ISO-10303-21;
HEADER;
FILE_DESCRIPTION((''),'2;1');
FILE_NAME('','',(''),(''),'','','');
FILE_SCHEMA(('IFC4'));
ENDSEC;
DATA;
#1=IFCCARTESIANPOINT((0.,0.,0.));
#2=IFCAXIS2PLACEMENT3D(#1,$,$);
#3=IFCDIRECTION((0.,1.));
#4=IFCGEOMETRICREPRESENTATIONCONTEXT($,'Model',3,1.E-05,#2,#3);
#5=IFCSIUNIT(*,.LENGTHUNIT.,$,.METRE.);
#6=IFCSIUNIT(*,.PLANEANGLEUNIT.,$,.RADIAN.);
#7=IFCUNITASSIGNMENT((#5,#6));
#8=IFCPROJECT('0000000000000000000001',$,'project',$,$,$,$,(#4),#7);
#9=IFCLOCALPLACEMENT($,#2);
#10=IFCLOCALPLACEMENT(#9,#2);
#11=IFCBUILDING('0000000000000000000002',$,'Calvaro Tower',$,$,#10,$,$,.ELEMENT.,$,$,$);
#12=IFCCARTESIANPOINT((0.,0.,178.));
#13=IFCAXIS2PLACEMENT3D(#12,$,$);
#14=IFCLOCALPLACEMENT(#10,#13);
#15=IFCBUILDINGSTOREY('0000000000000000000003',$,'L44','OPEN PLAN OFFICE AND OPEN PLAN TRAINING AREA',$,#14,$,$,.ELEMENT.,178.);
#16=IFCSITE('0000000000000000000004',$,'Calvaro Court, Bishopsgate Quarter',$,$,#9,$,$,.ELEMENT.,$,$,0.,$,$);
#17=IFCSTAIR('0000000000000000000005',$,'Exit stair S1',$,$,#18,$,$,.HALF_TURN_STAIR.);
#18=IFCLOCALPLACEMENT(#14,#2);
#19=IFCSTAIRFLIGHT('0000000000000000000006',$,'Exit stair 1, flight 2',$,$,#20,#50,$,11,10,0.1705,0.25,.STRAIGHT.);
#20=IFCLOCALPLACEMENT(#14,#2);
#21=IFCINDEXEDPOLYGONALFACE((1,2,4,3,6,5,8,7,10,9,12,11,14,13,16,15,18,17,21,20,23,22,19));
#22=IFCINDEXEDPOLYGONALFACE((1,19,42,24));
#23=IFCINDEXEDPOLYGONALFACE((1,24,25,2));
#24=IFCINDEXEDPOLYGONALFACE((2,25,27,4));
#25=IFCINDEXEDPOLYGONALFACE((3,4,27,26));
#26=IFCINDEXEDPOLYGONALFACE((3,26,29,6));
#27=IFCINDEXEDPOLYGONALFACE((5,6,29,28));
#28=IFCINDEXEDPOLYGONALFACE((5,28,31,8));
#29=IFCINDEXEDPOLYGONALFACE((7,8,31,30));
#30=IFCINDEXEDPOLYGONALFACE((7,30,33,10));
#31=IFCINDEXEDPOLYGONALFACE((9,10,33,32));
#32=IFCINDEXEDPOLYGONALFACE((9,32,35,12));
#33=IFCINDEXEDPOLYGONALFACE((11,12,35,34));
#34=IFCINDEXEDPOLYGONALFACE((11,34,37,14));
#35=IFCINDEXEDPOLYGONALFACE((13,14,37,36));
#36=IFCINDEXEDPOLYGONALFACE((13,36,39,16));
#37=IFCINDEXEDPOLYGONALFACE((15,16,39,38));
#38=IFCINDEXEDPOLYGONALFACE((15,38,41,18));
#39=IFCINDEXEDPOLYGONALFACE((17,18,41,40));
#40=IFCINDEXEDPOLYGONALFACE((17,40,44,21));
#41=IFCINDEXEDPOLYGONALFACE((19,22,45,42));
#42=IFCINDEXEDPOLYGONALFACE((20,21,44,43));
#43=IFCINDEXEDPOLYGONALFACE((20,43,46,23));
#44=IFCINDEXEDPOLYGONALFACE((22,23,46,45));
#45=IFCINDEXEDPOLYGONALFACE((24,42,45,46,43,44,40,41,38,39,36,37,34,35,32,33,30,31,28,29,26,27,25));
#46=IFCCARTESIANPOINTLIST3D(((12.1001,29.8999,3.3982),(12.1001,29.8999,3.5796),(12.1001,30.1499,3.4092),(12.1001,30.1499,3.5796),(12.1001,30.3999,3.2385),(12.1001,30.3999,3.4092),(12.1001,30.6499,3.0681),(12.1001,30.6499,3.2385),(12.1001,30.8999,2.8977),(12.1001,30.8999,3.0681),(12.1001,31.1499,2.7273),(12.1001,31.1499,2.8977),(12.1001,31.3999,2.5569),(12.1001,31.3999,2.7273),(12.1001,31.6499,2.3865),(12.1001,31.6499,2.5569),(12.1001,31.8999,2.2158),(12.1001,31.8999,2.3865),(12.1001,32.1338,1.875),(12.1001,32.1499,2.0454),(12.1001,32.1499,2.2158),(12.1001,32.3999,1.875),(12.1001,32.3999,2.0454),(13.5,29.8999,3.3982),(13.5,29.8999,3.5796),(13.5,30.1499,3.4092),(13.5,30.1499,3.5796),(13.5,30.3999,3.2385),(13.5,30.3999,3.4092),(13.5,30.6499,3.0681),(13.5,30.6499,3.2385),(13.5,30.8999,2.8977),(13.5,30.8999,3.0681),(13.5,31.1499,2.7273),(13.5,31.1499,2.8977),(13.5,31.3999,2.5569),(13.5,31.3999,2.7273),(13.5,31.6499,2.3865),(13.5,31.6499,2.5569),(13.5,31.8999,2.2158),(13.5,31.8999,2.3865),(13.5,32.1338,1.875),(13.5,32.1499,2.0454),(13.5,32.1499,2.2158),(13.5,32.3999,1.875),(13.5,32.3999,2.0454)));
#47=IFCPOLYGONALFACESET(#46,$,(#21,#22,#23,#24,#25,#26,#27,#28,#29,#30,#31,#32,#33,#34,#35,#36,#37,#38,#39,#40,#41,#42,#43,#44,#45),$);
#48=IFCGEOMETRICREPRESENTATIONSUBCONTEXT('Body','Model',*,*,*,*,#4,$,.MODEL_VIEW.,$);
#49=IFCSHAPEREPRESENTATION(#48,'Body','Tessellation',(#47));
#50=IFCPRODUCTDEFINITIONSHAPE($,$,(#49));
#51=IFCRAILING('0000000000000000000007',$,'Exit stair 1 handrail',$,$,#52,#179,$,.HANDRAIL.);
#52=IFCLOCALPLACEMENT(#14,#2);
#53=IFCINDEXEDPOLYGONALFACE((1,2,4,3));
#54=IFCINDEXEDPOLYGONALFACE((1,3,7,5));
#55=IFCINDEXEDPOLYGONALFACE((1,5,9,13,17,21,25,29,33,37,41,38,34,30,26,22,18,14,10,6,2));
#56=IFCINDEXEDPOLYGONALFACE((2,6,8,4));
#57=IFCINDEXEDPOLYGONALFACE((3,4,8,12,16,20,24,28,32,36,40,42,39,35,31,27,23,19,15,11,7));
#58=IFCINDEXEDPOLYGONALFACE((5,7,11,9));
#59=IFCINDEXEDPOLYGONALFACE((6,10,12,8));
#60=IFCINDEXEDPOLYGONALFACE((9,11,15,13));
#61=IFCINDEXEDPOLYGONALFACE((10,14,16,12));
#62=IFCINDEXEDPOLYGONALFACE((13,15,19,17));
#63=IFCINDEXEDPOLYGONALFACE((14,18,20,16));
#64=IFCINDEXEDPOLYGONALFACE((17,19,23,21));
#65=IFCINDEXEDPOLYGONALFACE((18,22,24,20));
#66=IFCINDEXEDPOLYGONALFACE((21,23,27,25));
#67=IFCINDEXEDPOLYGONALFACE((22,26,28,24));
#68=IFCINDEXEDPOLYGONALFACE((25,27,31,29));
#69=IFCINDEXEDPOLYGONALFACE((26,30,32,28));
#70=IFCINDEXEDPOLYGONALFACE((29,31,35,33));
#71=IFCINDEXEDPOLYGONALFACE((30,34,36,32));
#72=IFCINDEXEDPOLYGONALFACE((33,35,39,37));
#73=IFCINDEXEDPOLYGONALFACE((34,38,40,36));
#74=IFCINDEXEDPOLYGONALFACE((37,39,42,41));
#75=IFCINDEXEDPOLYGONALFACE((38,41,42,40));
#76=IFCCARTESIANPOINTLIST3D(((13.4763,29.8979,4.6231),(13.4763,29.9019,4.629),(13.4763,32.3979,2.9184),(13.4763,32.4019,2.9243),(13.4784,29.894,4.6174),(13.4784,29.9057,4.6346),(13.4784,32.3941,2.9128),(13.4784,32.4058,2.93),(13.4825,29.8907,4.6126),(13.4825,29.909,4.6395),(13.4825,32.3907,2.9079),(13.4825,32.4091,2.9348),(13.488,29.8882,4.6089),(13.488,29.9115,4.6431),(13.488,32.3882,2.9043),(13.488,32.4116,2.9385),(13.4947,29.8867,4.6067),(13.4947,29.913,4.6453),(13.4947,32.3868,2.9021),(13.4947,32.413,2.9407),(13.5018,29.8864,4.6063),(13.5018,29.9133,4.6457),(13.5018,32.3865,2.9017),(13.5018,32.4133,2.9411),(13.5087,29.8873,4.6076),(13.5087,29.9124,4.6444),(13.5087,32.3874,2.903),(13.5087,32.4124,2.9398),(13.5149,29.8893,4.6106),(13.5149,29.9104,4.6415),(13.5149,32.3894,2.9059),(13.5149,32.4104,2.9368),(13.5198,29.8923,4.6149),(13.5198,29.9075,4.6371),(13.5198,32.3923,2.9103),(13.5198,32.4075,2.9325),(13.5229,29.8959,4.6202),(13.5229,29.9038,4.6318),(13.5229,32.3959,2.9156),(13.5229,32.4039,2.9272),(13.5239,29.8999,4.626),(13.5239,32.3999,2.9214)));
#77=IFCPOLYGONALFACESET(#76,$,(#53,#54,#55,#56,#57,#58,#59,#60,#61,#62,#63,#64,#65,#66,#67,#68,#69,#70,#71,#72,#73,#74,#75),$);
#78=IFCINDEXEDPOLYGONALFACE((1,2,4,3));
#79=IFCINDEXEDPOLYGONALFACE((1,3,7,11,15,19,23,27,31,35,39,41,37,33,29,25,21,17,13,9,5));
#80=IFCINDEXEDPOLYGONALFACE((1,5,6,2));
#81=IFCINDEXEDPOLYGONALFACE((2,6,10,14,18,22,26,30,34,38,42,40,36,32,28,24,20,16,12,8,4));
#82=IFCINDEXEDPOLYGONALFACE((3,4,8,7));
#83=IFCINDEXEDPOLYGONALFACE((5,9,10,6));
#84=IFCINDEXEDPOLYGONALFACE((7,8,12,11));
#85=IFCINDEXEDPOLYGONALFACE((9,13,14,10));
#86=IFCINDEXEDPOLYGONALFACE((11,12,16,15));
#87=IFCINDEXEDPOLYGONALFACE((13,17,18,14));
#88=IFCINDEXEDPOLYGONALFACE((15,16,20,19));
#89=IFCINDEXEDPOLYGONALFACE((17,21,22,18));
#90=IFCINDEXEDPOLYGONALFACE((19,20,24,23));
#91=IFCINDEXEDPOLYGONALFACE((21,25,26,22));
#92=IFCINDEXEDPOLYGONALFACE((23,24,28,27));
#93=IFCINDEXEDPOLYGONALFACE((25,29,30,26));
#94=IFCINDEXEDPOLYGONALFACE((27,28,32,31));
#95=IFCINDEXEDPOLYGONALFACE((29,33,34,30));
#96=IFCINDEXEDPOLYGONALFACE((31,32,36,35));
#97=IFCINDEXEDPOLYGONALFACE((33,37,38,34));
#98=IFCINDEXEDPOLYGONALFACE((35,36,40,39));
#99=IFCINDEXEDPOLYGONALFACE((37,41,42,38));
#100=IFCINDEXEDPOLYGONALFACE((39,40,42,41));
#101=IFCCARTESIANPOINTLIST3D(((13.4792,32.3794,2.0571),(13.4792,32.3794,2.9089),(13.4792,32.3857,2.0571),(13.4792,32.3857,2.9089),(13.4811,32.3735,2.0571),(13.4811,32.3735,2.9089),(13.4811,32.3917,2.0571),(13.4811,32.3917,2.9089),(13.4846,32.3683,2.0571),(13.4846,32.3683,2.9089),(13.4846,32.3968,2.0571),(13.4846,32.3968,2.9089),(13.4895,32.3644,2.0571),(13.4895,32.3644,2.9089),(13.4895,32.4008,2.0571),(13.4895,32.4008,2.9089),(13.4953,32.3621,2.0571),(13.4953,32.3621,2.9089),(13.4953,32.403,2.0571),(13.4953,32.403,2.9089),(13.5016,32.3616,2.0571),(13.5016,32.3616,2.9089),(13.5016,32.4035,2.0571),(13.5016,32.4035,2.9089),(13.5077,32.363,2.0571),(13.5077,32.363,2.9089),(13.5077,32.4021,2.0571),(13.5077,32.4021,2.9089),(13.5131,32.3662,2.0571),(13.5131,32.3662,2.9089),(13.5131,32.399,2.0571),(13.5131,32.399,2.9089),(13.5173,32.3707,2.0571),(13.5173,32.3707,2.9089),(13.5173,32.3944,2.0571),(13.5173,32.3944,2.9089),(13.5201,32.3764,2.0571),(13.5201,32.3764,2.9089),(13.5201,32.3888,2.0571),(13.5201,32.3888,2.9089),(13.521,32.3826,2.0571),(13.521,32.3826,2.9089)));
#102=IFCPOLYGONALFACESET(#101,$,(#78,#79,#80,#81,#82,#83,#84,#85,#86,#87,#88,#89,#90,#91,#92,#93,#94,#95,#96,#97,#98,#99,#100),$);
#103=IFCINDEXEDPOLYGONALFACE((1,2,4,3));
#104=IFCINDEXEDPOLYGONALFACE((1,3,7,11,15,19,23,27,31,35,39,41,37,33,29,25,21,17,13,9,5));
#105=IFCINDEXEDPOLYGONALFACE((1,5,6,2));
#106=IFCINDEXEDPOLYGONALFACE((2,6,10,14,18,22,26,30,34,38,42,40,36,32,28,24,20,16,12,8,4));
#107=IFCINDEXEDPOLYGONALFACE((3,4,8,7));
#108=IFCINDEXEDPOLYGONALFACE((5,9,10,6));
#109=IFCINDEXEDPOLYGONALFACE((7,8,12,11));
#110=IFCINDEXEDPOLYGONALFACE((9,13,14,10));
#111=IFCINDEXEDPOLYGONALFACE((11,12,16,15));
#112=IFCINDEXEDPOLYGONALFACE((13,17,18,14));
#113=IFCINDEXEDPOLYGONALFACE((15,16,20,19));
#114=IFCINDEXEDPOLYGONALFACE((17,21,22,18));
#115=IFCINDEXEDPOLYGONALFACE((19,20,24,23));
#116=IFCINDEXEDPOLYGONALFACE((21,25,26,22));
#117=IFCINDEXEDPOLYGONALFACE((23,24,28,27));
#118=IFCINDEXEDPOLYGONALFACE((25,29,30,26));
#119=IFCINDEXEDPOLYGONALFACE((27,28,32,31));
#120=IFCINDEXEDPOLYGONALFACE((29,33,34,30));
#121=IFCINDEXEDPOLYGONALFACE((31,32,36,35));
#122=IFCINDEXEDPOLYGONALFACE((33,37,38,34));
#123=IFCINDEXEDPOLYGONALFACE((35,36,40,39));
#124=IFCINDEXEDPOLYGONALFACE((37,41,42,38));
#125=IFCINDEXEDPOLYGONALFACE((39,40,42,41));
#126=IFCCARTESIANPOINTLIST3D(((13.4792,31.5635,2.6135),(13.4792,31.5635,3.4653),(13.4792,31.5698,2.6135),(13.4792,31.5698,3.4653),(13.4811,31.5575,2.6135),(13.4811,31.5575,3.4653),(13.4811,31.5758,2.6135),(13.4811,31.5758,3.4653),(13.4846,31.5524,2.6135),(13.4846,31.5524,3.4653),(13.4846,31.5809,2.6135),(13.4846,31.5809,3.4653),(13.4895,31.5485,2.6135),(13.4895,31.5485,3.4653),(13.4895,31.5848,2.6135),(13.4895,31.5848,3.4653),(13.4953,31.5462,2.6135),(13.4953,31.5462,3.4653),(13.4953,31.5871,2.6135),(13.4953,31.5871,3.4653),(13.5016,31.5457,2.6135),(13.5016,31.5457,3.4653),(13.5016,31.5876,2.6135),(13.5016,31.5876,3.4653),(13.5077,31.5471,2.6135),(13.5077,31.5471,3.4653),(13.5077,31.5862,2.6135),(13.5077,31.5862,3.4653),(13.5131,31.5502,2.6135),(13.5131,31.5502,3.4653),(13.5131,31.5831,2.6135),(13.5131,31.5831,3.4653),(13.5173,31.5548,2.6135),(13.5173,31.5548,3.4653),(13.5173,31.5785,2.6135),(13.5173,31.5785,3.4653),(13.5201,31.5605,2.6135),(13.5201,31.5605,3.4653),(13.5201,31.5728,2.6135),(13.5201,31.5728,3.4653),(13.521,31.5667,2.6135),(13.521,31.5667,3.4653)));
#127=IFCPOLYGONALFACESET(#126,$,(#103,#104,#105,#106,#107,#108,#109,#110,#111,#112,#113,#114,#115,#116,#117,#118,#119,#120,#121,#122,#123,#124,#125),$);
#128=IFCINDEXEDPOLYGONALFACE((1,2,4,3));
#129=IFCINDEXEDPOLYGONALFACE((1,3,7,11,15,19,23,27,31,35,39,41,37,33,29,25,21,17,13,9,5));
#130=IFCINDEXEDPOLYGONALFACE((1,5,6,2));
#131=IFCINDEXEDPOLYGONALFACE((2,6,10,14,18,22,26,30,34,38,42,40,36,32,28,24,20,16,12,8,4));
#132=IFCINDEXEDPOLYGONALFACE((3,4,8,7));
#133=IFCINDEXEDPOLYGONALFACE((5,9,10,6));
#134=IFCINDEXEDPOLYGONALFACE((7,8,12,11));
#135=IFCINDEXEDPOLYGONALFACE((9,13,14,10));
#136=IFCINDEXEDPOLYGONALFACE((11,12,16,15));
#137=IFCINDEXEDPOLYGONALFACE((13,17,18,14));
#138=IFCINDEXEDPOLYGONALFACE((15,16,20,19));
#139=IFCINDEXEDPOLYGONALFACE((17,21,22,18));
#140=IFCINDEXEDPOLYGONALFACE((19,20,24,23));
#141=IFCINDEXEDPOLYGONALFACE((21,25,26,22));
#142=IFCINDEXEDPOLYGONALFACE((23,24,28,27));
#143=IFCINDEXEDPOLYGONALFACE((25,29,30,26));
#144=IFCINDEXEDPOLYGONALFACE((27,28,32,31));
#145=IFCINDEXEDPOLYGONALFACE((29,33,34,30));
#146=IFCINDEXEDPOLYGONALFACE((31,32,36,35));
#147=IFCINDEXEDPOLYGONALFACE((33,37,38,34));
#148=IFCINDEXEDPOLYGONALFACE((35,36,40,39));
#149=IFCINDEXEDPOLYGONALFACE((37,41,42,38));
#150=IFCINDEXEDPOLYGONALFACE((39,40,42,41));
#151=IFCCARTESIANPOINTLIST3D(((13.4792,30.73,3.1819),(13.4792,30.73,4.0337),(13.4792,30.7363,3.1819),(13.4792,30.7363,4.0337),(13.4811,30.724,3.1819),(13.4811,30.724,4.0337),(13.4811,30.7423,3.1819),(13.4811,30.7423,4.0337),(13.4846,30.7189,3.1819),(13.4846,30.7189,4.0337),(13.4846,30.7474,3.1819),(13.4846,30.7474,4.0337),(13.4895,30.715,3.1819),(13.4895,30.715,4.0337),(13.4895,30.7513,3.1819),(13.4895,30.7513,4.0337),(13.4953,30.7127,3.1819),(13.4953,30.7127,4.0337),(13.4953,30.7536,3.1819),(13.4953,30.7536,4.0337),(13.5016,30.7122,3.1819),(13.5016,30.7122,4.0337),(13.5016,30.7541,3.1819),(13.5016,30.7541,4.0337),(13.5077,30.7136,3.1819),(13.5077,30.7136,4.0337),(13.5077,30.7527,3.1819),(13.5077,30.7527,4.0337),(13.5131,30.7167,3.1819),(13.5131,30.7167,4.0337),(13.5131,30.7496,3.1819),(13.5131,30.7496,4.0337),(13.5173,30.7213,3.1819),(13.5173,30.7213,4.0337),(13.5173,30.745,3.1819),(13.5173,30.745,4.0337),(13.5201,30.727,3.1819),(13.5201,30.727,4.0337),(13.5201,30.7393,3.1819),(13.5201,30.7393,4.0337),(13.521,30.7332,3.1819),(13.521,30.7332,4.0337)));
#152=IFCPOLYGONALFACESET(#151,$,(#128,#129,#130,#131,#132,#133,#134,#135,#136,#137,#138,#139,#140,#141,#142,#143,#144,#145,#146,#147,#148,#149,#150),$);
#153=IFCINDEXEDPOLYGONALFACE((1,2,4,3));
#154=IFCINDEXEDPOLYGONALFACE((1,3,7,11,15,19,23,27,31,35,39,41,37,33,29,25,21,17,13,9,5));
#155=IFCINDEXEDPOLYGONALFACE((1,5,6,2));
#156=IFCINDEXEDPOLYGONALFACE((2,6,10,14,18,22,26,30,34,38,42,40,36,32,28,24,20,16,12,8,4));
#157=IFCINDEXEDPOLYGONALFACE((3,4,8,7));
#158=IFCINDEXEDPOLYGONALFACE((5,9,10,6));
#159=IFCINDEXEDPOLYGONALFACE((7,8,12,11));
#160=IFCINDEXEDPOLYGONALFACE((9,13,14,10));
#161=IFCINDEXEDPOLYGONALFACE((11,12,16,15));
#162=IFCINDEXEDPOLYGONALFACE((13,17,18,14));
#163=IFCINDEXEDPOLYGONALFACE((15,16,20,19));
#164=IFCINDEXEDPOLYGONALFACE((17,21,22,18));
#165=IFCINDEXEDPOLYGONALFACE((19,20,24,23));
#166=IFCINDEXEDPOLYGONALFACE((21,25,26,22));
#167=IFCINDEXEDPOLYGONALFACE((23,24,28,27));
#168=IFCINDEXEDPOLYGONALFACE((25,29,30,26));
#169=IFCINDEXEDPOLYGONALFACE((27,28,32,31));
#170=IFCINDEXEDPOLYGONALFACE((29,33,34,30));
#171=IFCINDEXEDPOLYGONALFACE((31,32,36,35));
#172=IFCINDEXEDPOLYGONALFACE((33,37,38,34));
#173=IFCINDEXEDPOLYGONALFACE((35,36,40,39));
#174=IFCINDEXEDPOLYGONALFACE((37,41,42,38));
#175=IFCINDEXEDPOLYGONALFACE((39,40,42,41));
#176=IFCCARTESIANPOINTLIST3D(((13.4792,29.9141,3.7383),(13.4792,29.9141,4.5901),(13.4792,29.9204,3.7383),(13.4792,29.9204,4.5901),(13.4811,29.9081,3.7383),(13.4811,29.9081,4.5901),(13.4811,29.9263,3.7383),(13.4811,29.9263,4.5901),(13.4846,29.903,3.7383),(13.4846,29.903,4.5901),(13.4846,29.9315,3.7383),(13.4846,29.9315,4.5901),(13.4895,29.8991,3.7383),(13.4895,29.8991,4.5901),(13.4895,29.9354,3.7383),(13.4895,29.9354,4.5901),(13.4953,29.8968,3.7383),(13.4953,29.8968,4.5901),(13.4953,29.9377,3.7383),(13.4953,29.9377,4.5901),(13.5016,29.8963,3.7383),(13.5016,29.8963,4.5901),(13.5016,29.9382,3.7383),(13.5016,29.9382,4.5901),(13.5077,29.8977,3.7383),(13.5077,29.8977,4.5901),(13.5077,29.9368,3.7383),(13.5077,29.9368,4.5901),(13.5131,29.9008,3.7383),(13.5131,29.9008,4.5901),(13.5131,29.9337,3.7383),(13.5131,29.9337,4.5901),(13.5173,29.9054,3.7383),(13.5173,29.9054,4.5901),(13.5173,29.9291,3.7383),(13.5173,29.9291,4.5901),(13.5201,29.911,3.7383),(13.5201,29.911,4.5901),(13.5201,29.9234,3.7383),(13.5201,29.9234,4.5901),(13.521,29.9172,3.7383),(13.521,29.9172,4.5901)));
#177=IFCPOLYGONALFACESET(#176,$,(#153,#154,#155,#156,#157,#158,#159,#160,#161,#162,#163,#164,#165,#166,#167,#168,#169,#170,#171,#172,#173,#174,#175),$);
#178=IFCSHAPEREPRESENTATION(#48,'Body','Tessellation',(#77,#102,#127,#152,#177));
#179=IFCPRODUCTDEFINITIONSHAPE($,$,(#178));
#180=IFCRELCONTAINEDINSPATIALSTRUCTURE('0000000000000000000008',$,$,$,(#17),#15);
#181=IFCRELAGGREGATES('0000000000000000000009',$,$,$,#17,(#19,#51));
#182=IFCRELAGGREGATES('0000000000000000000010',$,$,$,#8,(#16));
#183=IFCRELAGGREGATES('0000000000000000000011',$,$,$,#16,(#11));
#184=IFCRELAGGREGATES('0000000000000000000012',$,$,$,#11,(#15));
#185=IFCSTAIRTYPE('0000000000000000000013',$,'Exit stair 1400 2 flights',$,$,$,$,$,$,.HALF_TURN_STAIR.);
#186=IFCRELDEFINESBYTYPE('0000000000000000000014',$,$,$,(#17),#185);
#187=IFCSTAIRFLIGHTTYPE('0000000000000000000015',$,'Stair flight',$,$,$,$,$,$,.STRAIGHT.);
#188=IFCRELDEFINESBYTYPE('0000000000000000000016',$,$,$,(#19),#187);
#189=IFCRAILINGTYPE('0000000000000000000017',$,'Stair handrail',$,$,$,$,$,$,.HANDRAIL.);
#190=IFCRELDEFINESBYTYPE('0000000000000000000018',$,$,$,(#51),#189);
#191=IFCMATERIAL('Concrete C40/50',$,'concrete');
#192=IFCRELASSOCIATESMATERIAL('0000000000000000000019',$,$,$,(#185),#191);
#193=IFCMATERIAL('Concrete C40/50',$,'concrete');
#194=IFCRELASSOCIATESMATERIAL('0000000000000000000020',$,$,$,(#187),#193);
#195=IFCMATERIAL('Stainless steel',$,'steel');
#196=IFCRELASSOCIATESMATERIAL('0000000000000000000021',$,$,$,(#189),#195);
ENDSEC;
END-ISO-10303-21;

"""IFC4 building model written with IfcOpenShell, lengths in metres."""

from ifc_helpers import new_model, si_unit, direction, frame, origin, origin_2d, place, context, subcontext, project, spatial, polyline, circle, outline, extrude, material, type_object, element, aggregate, save


model = new_model("IFC4")

# Units and contexts
model_context = context("Model", 3, precision=1e-05, world=origin(), true_north=direction((0.0, 1.0)))
body_context = subcontext(model_context, "Body", "Model", "MODEL_VIEW")
ifc_project = project(units=[si_unit("LENGTHUNIT", "METRE"), si_unit("PLANEANGLEUNIT", "RADIAN")], contexts=[model_context])

# Site, building, storey
site_placement = place(None, origin())
site = spatial("IfcSite", under=ifc_project, at=site_placement, Name="Calvaro Court, Bishopsgate Quarter", CompositionType="ELEMENT", RefElevation=0.0)
building_placement = place(site_placement, origin())
building = spatial("IfcBuilding", under=site, at=building_placement, Name="Calvaro Tower", CompositionType="ELEMENT")
storey_placement = place(building_placement, frame((0.0, 0.0, 178.0)))
storey = spatial("IfcBuildingStorey", under=building, at=storey_placement, Name="L44", Description="OPEN PLAN OFFICE AND OPEN PLAN TRAINING AREA", CompositionType="ELEMENT", Elevation=178.0)

# Stair, stair flight, railing
ifc_material_1 = material(Name="Concrete C40/50", Category="concrete")
stair_type = type_object("IfcStairType", Name="Exit stair 1400 2 flights", PredefinedType="HALF_TURN_STAIR", material=ifc_material_1)
stair_1_placement = place(storey_placement, origin())
stair_1 = element("IfcStair", 1, at=stair_1_placement, inside=storey, type_object=stair_type, Name="Exit stair S1", PredefinedType="HALF_TURN_STAIR")
ifc_material_2 = material(Name="Concrete C40/50", Category="concrete")
stair_flight_type = type_object("IfcStairFlightType", Name="Stair flight", PredefinedType="STRAIGHT", material=ifc_material_2)
stair_flight_placement = place(storey_placement, frame((12.8, 32.3999, 1.875), z_axis=(0.0, 0.0, 1.0), x_axis=(0.0, -1.0, 0.0)))
stair_flight = element("IfcStairFlight", 2, at=stair_flight_placement, type_object=stair_flight_type, Name="Exit stair 1, flight 2", NumberOfRisers=11, NumberOfTreads=10, PredefinedType="STRAIGHT", RiserHeight=0.1705, TreadLength=0.25, context=body_context, shape_type="SweptSolid", body=[
    extrude(outline(polyline([(0.0, 0.0), (0.0, 0.1704), (0.25, 0.1704), (0.25, 0.3408), (0.5, 0.3408), (0.5, 0.5115), (0.75, 0.5115), (0.75, 0.6819), (1.0, 0.6819), (1.0, 0.8523), (1.25, 0.8523), (1.25, 1.0227), (1.5, 1.0227), (1.5, 1.1931), (1.75, 1.1931), (1.75, 1.3635), (2.0, 1.3635), (2.0, 1.5342), (2.25, 1.5342), (2.25, 1.7046), (2.5, 1.7046), (2.5, 1.875), (2.5, 1.5232), (0.2661, 0.0), (0.0, 0.0)])), frame((0.0, 0.7, 0.0), z_axis=(0.0, -1.0, 0.0), x_axis=(1.0, 0.0, 0.0)), (0.0, 0.0, 1.0), 1.3999),
])
ifc_material_3 = material(Name="Stainless steel", Category="steel")
railing_type = type_object("IfcRailingType", Name="Stair handrail", PredefinedType="HANDRAIL", material=ifc_material_3)
railing_1_placement = place(storey_placement, frame((13.5, 32.3999, 2.0454)))
railing_1 = element("IfcRailing", 3, at=railing_1_placement, type_object=railing_type, Name="Exit stair 1 handrail", PredefinedType="HANDRAIL", context=body_context, shape_type="SweptSolid", body=[
    extrude(circle(Radius=0.0239, at=origin_2d()), frame((0.0, 0.0, 0.876), z_axis=(0.0, -0.826221, 0.563347), x_axis=(1.0, 0.0, 0.0)), (0.0, 0.0, 1.0), 3.0259),
    extrude(circle(Radius=0.021, at=origin_2d()), frame((0.0, -0.0173, 0.0117)), (0.0, 0.0, 1.0), 0.8518),
    extrude(circle(Radius=0.021, at=origin_2d()), frame((0.0, -0.8333, 0.5681)), (0.0, 0.0, 1.0), 0.8518),
    extrude(circle(Radius=0.021, at=origin_2d()), frame((0.0, -1.6667, 1.1365)), (0.0, 0.0, 1.0), 0.8518),
    extrude(circle(Radius=0.021, at=origin_2d()), frame((0.0, -2.4827, 1.6929)), (0.0, 0.0, 1.0), 0.8518),
])
aggregate(stair_1, [stair_flight, railing_1])

save(model, "model.ifc")
